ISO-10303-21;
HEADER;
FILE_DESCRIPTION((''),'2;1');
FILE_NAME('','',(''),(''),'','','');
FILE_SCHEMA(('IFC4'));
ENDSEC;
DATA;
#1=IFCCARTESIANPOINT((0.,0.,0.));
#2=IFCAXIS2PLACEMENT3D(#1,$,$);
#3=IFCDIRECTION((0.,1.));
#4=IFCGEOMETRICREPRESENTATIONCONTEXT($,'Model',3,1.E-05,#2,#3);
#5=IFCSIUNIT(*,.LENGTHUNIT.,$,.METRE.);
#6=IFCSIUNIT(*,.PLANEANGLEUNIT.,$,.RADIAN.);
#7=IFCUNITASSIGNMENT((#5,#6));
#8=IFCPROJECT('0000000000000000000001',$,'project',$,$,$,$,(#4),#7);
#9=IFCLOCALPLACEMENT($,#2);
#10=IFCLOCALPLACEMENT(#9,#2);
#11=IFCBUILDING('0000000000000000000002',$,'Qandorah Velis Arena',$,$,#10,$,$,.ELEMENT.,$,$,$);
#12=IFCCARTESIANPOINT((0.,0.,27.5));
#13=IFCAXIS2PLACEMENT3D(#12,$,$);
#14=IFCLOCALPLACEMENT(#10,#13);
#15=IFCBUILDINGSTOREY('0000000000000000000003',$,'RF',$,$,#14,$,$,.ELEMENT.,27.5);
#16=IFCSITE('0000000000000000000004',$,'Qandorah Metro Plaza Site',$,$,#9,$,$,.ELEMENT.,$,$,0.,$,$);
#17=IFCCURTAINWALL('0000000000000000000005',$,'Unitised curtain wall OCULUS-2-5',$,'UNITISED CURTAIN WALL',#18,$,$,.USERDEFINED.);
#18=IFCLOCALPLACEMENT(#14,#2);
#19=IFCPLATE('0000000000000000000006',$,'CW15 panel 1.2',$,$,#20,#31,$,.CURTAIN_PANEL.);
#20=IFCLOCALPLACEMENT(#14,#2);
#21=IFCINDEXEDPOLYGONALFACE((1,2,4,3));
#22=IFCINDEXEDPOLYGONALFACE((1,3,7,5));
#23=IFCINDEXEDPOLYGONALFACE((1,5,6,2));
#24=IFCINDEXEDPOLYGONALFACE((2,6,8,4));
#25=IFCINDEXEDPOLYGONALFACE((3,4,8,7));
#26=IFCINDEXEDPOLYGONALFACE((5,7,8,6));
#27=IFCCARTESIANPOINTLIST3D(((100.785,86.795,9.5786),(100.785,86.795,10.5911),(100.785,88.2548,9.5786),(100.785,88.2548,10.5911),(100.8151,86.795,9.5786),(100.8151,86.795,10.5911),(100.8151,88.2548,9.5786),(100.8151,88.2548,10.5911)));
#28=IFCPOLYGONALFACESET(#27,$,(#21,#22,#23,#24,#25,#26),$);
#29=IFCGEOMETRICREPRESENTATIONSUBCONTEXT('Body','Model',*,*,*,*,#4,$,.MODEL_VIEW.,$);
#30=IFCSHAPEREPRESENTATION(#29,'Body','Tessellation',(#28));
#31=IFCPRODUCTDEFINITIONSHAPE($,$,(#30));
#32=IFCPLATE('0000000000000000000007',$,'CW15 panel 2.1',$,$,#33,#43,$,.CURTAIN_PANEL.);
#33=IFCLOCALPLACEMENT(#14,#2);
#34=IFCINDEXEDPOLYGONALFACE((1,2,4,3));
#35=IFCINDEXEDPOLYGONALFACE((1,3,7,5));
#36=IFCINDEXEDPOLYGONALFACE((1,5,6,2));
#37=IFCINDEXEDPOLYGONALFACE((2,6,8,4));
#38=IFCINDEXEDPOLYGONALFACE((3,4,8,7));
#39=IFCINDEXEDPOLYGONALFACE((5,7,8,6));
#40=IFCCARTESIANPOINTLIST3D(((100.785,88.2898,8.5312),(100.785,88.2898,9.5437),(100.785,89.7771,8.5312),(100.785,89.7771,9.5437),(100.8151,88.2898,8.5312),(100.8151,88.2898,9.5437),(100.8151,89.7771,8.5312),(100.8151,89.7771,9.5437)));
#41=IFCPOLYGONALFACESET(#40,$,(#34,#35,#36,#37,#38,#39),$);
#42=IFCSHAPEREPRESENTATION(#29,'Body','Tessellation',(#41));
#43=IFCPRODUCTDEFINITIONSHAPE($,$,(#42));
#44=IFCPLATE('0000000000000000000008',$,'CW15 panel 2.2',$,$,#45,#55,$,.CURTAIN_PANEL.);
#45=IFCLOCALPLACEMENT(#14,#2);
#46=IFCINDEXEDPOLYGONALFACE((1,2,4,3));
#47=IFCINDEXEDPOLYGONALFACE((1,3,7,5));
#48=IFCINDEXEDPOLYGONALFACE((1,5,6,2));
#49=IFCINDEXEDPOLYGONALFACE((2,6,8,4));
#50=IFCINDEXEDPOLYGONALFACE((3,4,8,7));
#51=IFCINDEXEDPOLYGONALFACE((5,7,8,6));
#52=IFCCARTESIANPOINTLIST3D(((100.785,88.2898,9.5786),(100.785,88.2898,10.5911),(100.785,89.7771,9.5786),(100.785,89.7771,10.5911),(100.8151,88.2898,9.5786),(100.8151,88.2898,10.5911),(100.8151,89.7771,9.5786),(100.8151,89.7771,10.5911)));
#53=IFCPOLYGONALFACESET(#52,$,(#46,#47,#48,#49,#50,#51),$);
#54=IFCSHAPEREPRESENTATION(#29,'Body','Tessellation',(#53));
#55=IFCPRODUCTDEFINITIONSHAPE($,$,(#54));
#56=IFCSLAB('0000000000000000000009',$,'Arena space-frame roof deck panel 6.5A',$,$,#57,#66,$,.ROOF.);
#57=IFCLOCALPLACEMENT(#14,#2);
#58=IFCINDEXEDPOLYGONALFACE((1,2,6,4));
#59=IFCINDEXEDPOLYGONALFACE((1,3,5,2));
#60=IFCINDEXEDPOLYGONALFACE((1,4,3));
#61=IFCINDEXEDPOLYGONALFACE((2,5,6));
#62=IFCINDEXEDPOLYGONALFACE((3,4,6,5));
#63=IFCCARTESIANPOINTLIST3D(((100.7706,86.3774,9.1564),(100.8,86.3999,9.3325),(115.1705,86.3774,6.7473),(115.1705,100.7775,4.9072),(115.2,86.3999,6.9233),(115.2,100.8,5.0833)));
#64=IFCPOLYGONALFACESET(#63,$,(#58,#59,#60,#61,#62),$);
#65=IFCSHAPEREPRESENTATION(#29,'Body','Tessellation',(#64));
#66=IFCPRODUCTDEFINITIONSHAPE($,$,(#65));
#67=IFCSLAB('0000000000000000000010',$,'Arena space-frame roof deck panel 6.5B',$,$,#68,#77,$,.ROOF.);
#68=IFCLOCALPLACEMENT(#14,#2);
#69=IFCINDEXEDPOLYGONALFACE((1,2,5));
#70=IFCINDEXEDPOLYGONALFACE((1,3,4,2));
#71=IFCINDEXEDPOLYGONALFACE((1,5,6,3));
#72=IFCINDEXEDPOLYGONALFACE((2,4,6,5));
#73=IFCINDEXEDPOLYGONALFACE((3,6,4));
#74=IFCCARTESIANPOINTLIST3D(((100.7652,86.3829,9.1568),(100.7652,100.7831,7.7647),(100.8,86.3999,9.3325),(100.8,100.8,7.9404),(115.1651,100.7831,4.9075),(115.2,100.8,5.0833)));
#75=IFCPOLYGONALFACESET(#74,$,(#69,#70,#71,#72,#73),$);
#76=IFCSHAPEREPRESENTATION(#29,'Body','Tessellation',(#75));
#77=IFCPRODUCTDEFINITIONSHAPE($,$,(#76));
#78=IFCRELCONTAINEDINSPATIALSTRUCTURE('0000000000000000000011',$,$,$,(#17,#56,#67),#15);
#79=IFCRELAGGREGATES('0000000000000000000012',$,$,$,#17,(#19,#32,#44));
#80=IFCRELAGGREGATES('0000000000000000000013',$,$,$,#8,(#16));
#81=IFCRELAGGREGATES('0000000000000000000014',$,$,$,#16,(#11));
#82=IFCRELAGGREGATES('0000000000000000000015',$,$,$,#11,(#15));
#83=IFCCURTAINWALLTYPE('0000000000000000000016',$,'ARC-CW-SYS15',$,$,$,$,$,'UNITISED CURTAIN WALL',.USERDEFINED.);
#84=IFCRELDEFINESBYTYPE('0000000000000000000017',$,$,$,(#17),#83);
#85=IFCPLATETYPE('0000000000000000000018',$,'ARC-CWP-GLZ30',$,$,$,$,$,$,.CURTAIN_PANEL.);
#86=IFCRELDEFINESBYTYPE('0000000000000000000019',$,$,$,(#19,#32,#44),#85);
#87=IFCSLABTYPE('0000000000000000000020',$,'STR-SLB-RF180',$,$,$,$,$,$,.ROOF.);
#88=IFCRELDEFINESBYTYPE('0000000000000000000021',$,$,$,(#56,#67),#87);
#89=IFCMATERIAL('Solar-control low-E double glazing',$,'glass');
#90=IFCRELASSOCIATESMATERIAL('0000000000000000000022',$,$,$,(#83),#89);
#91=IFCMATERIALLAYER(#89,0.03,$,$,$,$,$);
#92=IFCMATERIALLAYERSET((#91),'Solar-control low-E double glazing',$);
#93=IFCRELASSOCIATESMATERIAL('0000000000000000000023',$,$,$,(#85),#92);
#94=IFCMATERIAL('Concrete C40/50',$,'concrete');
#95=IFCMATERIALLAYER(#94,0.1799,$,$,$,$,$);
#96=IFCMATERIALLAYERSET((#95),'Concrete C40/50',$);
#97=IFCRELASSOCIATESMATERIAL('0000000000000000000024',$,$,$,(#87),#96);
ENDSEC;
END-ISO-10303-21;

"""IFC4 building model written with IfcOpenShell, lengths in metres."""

from ifc_helpers import new_model, si_unit, direction, frame, origin, origin_2d, place, context, subcontext, project, spatial, polyline, rectangle, outline, extrude, material, layer, layer_set, type_object, element, aggregate, save


model = new_model("IFC4")

# Units and contexts
model_context = context("Model", 3, precision=1e-05, world=origin(), true_north=direction((0.0, 1.0)))
body_context = subcontext(model_context, "Body", "Model", "MODEL_VIEW")
ifc_project = project(units=[si_unit("LENGTHUNIT", "METRE"), si_unit("PLANEANGLEUNIT", "RADIAN")], contexts=[model_context])

# Site, building, storey
site_placement = place(None, origin())
site = spatial("IfcSite", under=ifc_project, at=site_placement, Name="Qandorah Metro Plaza Site", CompositionType="ELEMENT", RefElevation=0.0)
building_placement = place(site_placement, origin())
building = spatial("IfcBuilding", under=site, at=building_placement, Name="Qandorah Velis Arena", CompositionType="ELEMENT")
storey_placement = place(building_placement, frame((0.0, 0.0, 27.5)))
storey = spatial("IfcBuildingStorey", under=building, at=storey_placement, Name="RF", CompositionType="ELEMENT", Elevation=27.5)

# Curtain wall
ifc_material_1 = material(Name="Solar-control low-E double glazing", Category="glass")
curtain_wall_type_1 = type_object("IfcCurtainWallType", Name="ARC-CW-SYS15", ElementType="UNITISED CURTAIN WALL", PredefinedType="USERDEFINED", material=ifc_material_1)
curtain_wall_1_placement = place(storey_placement, origin())
curtain_wall_1 = element("IfcCurtainWall", 1, at=curtain_wall_1_placement, inside=storey, type_object=curtain_wall_type_1, Name="Unitised curtain wall OCULUS-2-5", ObjectType="UNITISED CURTAIN WALL", PredefinedType="USERDEFINED")

# Plates
ifc_layer_1 = layer(ifc_material_1, 0.03)
ifc_layer_set_1 = layer_set([ifc_layer_1], Name="Solar-control low-E double glazing")
plate_type = type_object("IfcPlateType", Name="ARC-CWP-GLZ30", PredefinedType="CURTAIN_PANEL", material=ifc_layer_set_1)
plate_1_placement = place(storey_placement, frame((100.8, 87.5249, 9.5786), z_axis=(0.0, 0.0, 1.0), x_axis=(0.0, 1.0, 0.0)))
plate_1 = element("IfcPlate", 2, at=plate_1_placement, type_object=plate_type, Name="CW15 panel 1.2", PredefinedType="CURTAIN_PANEL", context=body_context, shape_type="SweptSolid", body=[
    extrude(rectangle(XDim=1.4597, YDim=0.03, at=origin_2d()), origin(), (0.0, 0.0, 1.0), 1.0125),
])
plate_2_placement = place(storey_placement, frame((100.8, 89.0334, 8.5312), z_axis=(0.0, 0.0, 1.0), x_axis=(0.0, 1.0, 0.0)))
plate_2 = element("IfcPlate", 3, at=plate_2_placement, type_object=plate_type, Name="CW15 panel 2.1", PredefinedType="CURTAIN_PANEL", context=body_context, shape_type="SweptSolid", body=[
    extrude(rectangle(XDim=1.4873, YDim=0.03, at=origin_2d()), origin(), (0.0, 0.0, 1.0), 1.0125),
])
plate_3_placement = place(storey_placement, frame((100.8, 89.0334, 9.5786), z_axis=(0.0, 0.0, 1.0), x_axis=(0.0, 1.0, 0.0)))
plate_3 = element("IfcPlate", 4, at=plate_3_placement, type_object=plate_type, Name="CW15 panel 2.2", PredefinedType="CURTAIN_PANEL", context=body_context, shape_type="SweptSolid", body=[
    extrude(rectangle(XDim=1.4873, YDim=0.03, at=origin_2d()), origin(), (0.0, 0.0, 1.0), 1.0125),
])
aggregate(curtain_wall_1, [plate_1, plate_2, plate_3])

# Slabs
ifc_material_2 = material(Name="Concrete C40/50", Category="concrete")
ifc_layer_2 = layer(ifc_material_2, 0.1799)
ifc_layer_set_2 = layer_set([ifc_layer_2], Name="Concrete C40/50")
slab_type = type_object("IfcSlabType", Name="STR-SLB-RF180", PredefinedType="ROOF", material=ifc_layer_set_2)
slab_1_placement = place(storey_placement, frame((100.8, 86.3999, 9.3325), z_axis=(0.163717, 0.125042, 0.978551), x_axis=(0.986292, 0.0, -0.165012)))
element("IfcSlab", 5, at=slab_1_placement, inside=storey, type_object=slab_type, Name="Arena space-frame roof deck panel 6.5A", PredefinedType="ROOF", context=body_context, shape_type="SweptSolid", body=[
    extrude(outline(polyline([(0.0, 0.0), (14.6, 0.0), (14.9037, 14.5141), (0.0, 0.0)])), origin(), (0.0, 0.0, -1.0), 0.1799),
])
slab_2_placement = place(storey_placement, frame((100.8, 86.3999, 9.3325), z_axis=(0.193753, 0.0944, 0.976498), x_axis=(0.692193, 0.692205, -0.204259)))
element("IfcSlab", 6, at=slab_2_placement, inside=storey, type_object=slab_type, Name="Arena space-frame roof deck panel 6.5B", PredefinedType="ROOF", context=body_context, shape_type="SweptSolid", body=[
    extrude(outline(polyline([(0.0, 0.0), (20.8033, 0.0), (10.2522, 10.2076), (0.0, 0.0)])), origin(), (0.0, 0.0, -1.0), 0.1799),
])

save(model, "model.ifc")
